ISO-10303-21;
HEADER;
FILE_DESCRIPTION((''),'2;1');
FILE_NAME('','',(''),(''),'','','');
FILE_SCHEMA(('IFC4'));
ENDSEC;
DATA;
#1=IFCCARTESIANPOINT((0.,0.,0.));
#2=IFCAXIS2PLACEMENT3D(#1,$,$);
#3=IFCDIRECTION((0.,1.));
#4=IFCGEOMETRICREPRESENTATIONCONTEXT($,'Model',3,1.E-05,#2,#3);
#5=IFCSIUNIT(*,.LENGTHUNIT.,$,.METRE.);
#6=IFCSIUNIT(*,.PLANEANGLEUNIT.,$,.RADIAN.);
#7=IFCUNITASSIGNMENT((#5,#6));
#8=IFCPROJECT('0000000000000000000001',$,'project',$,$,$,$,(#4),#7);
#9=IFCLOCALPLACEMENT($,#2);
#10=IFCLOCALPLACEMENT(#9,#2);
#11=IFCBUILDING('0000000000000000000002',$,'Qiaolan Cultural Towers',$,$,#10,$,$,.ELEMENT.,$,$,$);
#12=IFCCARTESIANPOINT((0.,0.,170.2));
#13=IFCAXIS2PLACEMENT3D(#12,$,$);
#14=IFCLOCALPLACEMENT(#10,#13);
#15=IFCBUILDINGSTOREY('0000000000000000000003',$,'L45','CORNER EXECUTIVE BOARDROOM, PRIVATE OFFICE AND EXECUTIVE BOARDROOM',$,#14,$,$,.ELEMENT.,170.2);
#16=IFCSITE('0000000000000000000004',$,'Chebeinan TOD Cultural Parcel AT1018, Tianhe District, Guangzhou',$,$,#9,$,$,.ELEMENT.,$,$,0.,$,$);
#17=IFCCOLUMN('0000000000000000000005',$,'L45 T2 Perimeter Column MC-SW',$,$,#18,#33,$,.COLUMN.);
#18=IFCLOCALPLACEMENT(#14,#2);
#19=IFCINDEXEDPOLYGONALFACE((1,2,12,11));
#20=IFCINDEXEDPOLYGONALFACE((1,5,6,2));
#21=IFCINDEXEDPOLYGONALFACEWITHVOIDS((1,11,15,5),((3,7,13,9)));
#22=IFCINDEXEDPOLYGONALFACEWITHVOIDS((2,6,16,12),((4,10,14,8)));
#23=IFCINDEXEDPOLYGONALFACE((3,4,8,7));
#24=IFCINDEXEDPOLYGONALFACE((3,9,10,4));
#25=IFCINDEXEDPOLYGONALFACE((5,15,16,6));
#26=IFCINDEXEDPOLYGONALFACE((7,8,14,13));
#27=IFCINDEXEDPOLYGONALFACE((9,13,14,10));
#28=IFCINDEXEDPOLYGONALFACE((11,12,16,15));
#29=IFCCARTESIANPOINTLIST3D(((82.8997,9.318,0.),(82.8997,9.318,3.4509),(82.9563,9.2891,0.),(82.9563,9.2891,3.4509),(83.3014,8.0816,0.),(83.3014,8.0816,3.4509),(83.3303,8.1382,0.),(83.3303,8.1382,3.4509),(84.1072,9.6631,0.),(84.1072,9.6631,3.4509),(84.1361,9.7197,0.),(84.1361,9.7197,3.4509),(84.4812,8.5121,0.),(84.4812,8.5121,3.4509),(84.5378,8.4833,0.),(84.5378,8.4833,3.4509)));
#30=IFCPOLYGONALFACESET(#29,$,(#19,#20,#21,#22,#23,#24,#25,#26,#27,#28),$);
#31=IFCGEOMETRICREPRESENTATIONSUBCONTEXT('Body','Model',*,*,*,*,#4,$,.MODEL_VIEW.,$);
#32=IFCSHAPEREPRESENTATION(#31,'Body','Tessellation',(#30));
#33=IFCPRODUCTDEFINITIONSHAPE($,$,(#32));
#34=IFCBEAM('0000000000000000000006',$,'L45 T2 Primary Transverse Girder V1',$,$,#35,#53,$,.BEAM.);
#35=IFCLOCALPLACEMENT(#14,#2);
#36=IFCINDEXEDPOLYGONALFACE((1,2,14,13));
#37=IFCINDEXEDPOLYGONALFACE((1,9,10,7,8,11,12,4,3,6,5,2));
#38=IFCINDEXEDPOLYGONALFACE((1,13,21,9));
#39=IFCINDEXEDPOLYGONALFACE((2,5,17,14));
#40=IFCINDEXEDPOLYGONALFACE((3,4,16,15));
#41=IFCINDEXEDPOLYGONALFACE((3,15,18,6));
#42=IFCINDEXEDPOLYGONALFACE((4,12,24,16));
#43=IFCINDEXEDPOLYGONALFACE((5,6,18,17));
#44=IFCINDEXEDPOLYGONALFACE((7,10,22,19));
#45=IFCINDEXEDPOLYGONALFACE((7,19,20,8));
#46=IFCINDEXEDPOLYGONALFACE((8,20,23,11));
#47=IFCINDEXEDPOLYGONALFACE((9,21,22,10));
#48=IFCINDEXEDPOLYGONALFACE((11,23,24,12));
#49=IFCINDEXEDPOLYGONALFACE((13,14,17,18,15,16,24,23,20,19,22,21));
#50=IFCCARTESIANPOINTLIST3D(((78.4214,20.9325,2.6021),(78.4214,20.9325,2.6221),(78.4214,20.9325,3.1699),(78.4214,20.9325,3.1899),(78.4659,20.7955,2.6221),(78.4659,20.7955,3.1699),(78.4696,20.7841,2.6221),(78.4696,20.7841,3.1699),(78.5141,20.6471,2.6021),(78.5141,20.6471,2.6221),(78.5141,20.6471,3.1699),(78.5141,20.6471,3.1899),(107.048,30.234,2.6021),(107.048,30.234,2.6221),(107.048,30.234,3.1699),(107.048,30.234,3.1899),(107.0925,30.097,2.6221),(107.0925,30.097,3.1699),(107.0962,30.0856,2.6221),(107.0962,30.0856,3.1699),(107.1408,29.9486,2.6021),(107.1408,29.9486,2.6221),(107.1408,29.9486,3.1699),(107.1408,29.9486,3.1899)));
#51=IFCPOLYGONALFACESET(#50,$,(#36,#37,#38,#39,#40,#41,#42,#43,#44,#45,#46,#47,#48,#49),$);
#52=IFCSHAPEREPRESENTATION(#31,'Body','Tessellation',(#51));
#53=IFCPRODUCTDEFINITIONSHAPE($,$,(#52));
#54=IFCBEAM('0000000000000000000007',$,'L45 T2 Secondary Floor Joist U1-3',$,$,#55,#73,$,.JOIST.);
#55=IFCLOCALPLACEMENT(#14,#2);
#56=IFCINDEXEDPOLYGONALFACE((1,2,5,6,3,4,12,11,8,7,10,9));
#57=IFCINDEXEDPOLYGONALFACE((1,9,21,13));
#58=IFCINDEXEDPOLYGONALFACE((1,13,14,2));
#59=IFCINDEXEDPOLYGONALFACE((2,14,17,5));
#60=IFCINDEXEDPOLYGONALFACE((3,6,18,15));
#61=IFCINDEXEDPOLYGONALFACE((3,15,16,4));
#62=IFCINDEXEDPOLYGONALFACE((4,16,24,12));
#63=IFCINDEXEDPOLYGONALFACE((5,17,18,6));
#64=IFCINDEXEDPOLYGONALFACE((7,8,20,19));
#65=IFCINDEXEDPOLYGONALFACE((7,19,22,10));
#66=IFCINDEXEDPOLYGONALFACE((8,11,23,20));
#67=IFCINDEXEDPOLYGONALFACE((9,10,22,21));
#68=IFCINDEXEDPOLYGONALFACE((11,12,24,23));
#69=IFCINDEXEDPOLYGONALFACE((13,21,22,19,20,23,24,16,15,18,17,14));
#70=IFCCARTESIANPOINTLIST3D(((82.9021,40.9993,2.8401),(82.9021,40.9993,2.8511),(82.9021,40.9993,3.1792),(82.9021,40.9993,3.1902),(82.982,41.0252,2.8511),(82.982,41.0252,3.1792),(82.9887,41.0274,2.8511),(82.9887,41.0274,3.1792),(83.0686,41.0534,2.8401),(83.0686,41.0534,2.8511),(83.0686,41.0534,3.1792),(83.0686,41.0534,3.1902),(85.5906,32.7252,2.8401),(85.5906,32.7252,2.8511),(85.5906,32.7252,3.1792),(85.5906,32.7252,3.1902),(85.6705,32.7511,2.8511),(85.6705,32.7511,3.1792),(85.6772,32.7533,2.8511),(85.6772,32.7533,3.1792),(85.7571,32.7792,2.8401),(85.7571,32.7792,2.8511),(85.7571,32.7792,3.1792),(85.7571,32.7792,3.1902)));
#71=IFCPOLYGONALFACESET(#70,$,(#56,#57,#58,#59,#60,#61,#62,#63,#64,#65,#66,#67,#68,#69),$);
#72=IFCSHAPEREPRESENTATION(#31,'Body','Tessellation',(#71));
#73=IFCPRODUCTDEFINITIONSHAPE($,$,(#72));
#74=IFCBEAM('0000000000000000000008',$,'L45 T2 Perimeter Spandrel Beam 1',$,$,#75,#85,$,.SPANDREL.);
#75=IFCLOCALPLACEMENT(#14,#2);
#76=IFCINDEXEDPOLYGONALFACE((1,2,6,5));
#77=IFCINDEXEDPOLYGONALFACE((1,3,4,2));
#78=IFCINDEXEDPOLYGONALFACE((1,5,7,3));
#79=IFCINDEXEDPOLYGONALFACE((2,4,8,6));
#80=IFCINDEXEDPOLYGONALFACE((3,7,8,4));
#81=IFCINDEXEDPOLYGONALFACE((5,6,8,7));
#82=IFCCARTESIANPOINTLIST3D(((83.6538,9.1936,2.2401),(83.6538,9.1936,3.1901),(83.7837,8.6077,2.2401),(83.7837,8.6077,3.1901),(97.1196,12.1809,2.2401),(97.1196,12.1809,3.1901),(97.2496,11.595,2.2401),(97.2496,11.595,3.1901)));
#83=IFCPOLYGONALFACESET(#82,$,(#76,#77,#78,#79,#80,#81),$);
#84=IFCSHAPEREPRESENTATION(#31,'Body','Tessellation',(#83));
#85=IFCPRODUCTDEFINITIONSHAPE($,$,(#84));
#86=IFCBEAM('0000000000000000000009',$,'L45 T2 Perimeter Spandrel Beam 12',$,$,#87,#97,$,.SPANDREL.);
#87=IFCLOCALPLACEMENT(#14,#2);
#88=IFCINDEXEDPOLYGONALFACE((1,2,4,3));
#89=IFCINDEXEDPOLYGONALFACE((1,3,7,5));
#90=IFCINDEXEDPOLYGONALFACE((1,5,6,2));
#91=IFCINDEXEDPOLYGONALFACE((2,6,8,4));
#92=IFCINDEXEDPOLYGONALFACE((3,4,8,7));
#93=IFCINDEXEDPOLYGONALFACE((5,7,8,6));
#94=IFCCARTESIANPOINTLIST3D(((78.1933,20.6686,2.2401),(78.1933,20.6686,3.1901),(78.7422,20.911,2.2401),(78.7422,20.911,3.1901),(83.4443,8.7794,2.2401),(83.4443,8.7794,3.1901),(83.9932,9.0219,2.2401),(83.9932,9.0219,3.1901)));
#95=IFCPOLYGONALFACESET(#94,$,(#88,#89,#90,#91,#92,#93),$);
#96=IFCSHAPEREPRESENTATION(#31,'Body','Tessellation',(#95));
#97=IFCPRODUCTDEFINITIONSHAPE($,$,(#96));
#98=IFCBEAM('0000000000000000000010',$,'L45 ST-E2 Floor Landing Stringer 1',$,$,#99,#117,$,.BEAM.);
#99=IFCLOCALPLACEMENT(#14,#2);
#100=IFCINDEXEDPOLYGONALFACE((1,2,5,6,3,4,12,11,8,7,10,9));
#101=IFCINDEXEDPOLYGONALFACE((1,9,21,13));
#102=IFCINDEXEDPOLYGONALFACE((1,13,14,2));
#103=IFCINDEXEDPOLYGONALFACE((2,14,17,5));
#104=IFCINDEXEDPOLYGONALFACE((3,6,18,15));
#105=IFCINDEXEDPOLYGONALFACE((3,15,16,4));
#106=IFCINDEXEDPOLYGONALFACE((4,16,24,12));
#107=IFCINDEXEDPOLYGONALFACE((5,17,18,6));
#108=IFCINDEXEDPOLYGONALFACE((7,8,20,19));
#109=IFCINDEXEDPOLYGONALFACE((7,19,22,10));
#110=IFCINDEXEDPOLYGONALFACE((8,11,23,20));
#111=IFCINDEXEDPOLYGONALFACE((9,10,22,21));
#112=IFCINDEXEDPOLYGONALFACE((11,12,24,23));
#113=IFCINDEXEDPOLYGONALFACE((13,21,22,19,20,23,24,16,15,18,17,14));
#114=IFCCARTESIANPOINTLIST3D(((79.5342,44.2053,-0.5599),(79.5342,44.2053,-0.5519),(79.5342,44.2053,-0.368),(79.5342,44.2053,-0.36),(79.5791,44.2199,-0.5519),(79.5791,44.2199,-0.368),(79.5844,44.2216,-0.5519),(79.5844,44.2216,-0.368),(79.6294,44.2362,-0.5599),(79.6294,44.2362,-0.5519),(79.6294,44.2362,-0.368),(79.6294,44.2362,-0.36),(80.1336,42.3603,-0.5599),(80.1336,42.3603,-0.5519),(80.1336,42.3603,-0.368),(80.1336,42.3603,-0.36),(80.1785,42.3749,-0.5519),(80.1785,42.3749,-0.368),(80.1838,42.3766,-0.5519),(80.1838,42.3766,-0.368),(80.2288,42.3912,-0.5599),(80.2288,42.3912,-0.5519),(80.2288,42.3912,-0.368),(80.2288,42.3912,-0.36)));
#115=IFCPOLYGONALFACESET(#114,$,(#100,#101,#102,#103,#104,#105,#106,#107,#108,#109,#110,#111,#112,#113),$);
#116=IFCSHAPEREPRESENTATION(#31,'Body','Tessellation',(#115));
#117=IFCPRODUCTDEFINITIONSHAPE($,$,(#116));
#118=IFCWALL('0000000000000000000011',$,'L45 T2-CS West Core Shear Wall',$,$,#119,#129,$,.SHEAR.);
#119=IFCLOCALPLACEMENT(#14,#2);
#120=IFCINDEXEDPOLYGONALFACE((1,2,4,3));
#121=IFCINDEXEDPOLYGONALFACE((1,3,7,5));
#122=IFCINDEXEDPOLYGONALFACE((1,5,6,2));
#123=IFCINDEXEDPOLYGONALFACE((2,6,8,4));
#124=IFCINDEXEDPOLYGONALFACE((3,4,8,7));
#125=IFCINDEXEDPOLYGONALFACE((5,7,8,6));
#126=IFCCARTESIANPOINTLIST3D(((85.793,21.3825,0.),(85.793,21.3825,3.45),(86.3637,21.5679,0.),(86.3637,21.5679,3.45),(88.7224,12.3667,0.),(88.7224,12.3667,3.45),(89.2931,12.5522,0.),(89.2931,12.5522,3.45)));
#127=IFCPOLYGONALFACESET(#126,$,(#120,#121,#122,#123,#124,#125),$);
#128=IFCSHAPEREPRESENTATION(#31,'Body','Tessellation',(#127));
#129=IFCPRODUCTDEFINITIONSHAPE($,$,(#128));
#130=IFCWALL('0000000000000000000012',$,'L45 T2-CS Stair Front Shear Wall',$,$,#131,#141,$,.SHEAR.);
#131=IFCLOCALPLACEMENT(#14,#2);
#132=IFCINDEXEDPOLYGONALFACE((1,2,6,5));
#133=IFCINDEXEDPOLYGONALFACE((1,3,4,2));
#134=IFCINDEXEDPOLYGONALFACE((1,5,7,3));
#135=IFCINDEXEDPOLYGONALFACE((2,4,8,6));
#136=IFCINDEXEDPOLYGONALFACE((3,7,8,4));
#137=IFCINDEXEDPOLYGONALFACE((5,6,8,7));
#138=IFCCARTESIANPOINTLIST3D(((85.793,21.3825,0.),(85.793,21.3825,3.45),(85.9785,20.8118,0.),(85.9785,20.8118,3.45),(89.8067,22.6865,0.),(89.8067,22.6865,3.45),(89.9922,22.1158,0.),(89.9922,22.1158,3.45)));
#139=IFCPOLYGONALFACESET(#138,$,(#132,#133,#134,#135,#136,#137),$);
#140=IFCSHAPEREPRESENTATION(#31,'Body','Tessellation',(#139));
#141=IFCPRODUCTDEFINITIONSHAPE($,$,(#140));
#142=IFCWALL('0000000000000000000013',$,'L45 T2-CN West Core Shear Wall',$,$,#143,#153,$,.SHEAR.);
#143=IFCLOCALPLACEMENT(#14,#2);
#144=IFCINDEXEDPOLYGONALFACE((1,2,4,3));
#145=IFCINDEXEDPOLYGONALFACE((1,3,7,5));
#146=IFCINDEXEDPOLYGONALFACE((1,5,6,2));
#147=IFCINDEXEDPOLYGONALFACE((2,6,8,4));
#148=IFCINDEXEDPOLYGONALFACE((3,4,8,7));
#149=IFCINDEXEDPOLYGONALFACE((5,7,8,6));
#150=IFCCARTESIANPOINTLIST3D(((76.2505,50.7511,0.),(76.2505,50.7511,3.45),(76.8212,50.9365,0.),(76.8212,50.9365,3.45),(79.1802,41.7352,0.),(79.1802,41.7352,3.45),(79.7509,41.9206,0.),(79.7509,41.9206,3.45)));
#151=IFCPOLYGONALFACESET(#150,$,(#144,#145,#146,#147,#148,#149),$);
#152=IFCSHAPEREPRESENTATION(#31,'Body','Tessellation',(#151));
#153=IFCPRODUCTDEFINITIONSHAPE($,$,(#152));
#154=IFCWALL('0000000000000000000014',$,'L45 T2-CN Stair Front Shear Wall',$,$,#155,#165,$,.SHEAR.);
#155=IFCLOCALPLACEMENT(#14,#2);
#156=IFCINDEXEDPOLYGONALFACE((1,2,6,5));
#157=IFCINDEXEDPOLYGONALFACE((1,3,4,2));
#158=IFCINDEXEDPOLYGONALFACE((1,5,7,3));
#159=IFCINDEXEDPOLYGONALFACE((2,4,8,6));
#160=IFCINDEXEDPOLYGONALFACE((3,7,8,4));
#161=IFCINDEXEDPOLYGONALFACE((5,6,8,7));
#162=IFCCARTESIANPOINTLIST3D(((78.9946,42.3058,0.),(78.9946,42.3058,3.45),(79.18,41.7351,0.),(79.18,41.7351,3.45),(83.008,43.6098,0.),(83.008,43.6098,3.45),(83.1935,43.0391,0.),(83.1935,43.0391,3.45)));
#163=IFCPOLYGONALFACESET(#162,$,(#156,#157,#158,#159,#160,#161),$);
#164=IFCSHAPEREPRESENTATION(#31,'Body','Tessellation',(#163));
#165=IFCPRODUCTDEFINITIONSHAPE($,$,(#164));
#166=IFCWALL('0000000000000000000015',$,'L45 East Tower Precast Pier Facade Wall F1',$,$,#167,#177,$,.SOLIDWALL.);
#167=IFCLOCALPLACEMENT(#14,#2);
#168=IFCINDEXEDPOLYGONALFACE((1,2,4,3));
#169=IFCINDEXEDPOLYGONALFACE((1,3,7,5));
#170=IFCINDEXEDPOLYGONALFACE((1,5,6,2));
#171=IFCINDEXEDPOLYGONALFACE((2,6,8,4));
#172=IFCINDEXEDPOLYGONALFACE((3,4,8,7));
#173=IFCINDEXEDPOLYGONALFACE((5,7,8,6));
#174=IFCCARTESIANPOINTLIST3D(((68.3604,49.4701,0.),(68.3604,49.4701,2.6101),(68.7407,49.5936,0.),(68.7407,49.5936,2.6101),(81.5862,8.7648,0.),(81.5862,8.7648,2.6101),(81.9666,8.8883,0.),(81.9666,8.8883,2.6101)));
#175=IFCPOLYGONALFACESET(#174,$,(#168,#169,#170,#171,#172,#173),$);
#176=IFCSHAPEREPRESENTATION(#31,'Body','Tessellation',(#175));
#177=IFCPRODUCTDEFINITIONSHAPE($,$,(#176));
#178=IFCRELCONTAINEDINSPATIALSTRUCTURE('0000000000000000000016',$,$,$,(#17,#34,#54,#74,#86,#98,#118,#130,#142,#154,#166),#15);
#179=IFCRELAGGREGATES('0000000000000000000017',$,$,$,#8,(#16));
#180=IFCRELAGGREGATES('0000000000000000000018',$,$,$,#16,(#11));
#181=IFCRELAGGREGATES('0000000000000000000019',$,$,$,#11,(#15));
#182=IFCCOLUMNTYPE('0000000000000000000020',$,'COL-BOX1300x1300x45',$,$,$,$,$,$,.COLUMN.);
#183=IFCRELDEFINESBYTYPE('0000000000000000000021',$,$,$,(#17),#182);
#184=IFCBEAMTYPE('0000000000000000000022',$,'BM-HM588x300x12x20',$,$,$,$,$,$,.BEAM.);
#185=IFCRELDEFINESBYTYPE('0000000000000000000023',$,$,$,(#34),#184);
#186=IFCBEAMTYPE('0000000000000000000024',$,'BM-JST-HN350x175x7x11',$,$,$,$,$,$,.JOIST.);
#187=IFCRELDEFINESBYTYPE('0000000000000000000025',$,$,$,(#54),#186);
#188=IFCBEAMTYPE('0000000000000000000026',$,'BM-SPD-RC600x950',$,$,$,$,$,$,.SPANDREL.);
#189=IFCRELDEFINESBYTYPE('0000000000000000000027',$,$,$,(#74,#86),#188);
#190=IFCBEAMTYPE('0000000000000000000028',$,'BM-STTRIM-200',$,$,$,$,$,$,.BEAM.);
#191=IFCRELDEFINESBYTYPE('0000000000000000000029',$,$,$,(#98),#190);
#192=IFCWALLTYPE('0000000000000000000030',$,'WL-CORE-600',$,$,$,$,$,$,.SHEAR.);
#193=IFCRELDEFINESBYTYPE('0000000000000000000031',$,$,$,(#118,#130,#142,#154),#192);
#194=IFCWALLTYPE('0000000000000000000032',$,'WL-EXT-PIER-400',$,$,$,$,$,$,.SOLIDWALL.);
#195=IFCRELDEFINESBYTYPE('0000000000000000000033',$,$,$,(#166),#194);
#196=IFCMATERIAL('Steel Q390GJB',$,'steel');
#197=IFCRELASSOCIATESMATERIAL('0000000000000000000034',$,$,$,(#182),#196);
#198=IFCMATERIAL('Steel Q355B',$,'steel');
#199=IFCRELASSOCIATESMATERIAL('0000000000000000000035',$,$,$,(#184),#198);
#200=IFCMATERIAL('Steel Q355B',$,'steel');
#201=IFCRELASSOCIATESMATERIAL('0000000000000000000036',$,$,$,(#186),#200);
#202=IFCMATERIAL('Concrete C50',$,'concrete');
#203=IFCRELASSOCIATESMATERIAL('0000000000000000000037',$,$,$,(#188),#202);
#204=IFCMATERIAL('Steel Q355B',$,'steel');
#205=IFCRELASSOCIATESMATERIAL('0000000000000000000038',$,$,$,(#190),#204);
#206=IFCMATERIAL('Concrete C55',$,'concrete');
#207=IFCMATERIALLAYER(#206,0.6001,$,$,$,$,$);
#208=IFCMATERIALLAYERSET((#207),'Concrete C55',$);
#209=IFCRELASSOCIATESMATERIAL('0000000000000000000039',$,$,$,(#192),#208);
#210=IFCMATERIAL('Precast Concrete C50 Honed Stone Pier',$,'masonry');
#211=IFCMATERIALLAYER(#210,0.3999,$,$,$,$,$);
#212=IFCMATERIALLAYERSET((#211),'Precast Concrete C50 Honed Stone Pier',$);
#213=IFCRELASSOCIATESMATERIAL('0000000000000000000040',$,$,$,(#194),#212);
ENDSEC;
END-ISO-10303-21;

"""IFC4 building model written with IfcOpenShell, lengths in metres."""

from ifc_helpers import new_model, si_unit, direction, frame, frame_2d, origin, origin_2d, place, context, subcontext, project, spatial, rectangle, hollow_rectangle, i_section, extrude, material, layer, layer_set, material_profile, profile_set, type_object, element, save


model = new_model("IFC4")

# Units and contexts
model_context = context("Model", 3, precision=1e-05, world=origin(), true_north=direction((0.0, 1.0)))
body_context = subcontext(model_context, "Body", "Model", "MODEL_VIEW")
ifc_project = project(units=[si_unit("LENGTHUNIT", "METRE"), si_unit("PLANEANGLEUNIT", "RADIAN")], contexts=[model_context])

# Site, building, storey
site_placement = place(None, origin())
site = spatial("IfcSite", under=ifc_project, at=site_placement, Name="Chebeinan TOD Cultural Parcel AT1018, Tianhe District, Guangzhou", CompositionType="ELEMENT", RefElevation=0.0)
building_placement = place(site_placement, origin())
building = spatial("IfcBuilding", under=site, at=building_placement, Name="Qiaolan Cultural Towers", CompositionType="ELEMENT")
storey_placement = place(building_placement, frame((0.0, 0.0, 170.2)))
storey = spatial("IfcBuildingStorey", under=building, at=storey_placement, Name="L45", Description="CORNER EXECUTIVE BOARDROOM, PRIVATE OFFICE AND EXECUTIVE BOARDROOM", CompositionType="ELEMENT", Elevation=170.2)

# Column
ifc_material_1 = material(Name="Steel Q390GJB", Category="steel")
ifc_material_profile_1 = material_profile(ifc_material_1, hollow_rectangle(XDim=1.3, YDim=1.3, WallThickness=0.0449, at=origin_2d()), Name="BOX1300x1300x45")
ifc_profile_set_1 = profile_set([ifc_material_profile_1], Name="Steel Q390GJB")
column_type = type_object("IfcColumnType", Name="COL-BOX1300x1300x45", PredefinedType="COLUMN", material=ifc_profile_set_1)
column_placement = place(storey_placement, frame((83.7188, 8.9006, 0.0), z_axis=(0.0, 0.0, 1.0), x_axis=(0.951057, 0.309017, 0.0)))
element("IfcColumn", 1, at=column_placement, inside=storey, type_object=column_type, Name="L45 T2 Perimeter Column MC-SW", PredefinedType="COLUMN", context=body_context, shape_type="SweptSolid", body=[
    extrude(hollow_rectangle(XDim=1.3, YDim=1.3, WallThickness=0.0449, at=origin_2d()), origin(), (0.0, 0.0, 1.0), 3.4509),
])

# Beams
ifc_material_2 = material(Name="Steel Q355B", Category="steel")
ifc_material_profile_2 = material_profile(ifc_material_2, i_section(OverallWidth=0.3, OverallDepth=0.5879, WebThickness=0.012, FlangeThickness=0.02, at=origin_2d()), Name="HM588x300x12x20")
ifc_profile_set_2 = profile_set([ifc_material_profile_2], Name="Steel Q355B")
beam_type_1 = type_object("IfcBeamType", Name="BM-HM588x300x12x20", PredefinedType="BEAM", material=ifc_profile_set_2)
beam_1_placement = place(storey_placement, frame((78.4678, 20.7898, 2.896), z_axis=(0.951055, 0.309021, 0.0), x_axis=(-0.309021, 0.951055, 0.0)))
element("IfcBeam", 2, at=beam_1_placement, inside=storey, type_object=beam_type_1, Name="L45 T2 Primary Transverse Girder V1", PredefinedType="BEAM", context=body_context, shape_type="SweptSolid", body=[
    extrude(i_section(OverallWidth=0.3, OverallDepth=0.5879, WebThickness=0.012, FlangeThickness=0.02, at=origin_2d()), origin(), (0.0, 0.0, 1.0), 30.0999),
])
ifc_material_3 = material(Name="Steel Q355B", Category="steel")
ifc_material_profile_3 = material_profile(ifc_material_3, i_section(OverallWidth=0.175, OverallDepth=0.3501, WebThickness=0.0071, FlangeThickness=0.011, at=origin_2d()), Name="HN350x175x7x11")
ifc_profile_set_3 = profile_set([ifc_material_profile_3], Name="Steel Q355B")
beam_type_2 = type_object("IfcBeamType", Name="BM-JST-HN350x175x7x11", PredefinedType="JOIST", material=ifc_profile_set_3)
beam_2_placement = place(storey_placement, frame((85.6738, 32.7522, 3.0151), z_axis=(-0.309021, 0.951055, 0.0), x_axis=(-0.951055, -0.309021, 0.0)))
element("IfcBeam", 3, at=beam_2_placement, inside=storey, type_object=beam_type_2, Name="L45 T2 Secondary Floor Joist U1-3", PredefinedType="JOIST", context=body_context, shape_type="SweptSolid", body=[
    extrude(i_section(OverallWidth=0.175, OverallDepth=0.3501, WebThickness=0.0071, FlangeThickness=0.011, at=origin_2d()), origin(), (0.0, 0.0, 1.0), 8.7),
])
ifc_material_4 = material(Name="Concrete C50", Category="concrete")
ifc_material_profile_4 = material_profile(ifc_material_4, rectangle(XDim=0.6001, YDim=0.95, at=origin_2d()), Name="RC600x950")
ifc_profile_set_4 = profile_set([ifc_material_profile_4], Name="Concrete C50")
beam_type_3 = type_object("IfcBeamType", Name="BM-SPD-RC600x950", PredefinedType="SPANDREL", material=ifc_profile_set_4)
beam_3_placement = place(storey_placement, frame((83.7188, 8.9006, 2.7151), z_axis=(0.976265, 0.216578, 0.0), x_axis=(-0.216578, 0.976265, 0.0)))
element("IfcBeam", 4, at=beam_3_placement, inside=storey, type_object=beam_type_3, Name="L45 T2 Perimeter Spandrel Beam 1", PredefinedType="SPANDREL", context=body_context, shape_type="SweptSolid", body=[
    extrude(rectangle(XDim=0.6001, YDim=0.95, at=origin_2d()), origin(), (0.0, 0.0, 1.0), 13.7932),
])
beam_4_placement = place(storey_placement, frame((78.4678, 20.7898, 2.7151), z_axis=(0.404011, -0.914754, 0.0), x_axis=(0.914754, 0.404011, 0.0)))
element("IfcBeam", 5, at=beam_4_placement, inside=storey, type_object=beam_type_3, Name="L45 T2 Perimeter Spandrel Beam 12", PredefinedType="SPANDREL", context=body_context, shape_type="SweptSolid", body=[
    extrude(rectangle(XDim=0.6001, YDim=0.95, at=origin_2d()), origin(), (0.0, 0.0, 1.0), 12.9971),
])
ifc_material_5 = material(Name="Steel Q355B", Category="steel")
ifc_material_profile_5 = material_profile(ifc_material_5, i_section(OverallWidth=0.1001, OverallDepth=0.2, WebThickness=0.0056, FlangeThickness=0.0081, at=origin_2d()), Name="HN200x100x5.5x8")
ifc_profile_set_5 = profile_set([ifc_material_profile_5], Name="Steel Q355B")
beam_type_4 = type_object("IfcBeamType", Name="BM-STTRIM-200", PredefinedType="BEAM", material=ifc_profile_set_5)
beam_5_placement = place(storey_placement, frame((80.1812, 42.3757, -0.46), z_axis=(-0.308969, 0.951072, 0.0), x_axis=(-0.951072, -0.308969, 0.0)))
element("IfcBeam", 6, at=beam_5_placement, inside=storey, type_object=beam_type_4, Name="L45 ST-E2 Floor Landing Stringer 1", PredefinedType="BEAM", context=body_context, shape_type="SweptSolid", body=[
    extrude(i_section(OverallWidth=0.1001, OverallDepth=0.2, WebThickness=0.0056, FlangeThickness=0.0081, at=origin_2d()), origin(), (0.0, 0.0, 1.0), 1.9399),
])

# Walls
ifc_material_6 = material(Name="Concrete C55", Category="concrete")
ifc_layer_1 = layer(ifc_material_6, 0.6001)
ifc_layer_set_1 = layer_set([ifc_layer_1], Name="Concrete C55")
wall_type_1 = type_object("IfcWallType", Name="WL-CORE-600", PredefinedType="SHEAR", material=ifc_layer_set_1)
wall_1_placement = place(storey_placement, frame((86.0784, 21.4751, 0.0), z_axis=(0.0, 0.0, 1.0), x_axis=(0.309018, -0.951056, 0.0)))
element("IfcWall", 7, at=wall_1_placement, inside=storey, type_object=wall_type_1, Name="L45 T2-CS West Core Shear Wall", PredefinedType="SHEAR", context=body_context, shape_type="SweptSolid", body=[
    extrude(rectangle(XDim=9.4797, YDim=0.6001, at=frame_2d((4.7397, 0.0))), origin(), (0.0, 0.0, 1.0), 3.45),
])
wall_2_placement = place(storey_placement, frame((85.8857, 21.0972, 0.0), z_axis=(0.0, 0.0, 1.0), x_axis=(0.951068, 0.308981, 0.0)))
element("IfcWall", 8, at=wall_2_placement, inside=storey, type_object=wall_type_1, Name="L45 T2-CS Stair Front Shear Wall", PredefinedType="SHEAR", context=body_context, shape_type="SweptSolid", body=[
    extrude(rectangle(XDim=4.2202, YDim=0.6001, at=frame_2d((2.1101, 0.0))), origin(), (0.0, 0.0, 1.0), 3.45),
])
wall_3_placement = place(storey_placement, frame((79.4656, 41.8279, 0.0), z_axis=(0.0, 0.0, 1.0), x_axis=(-0.309041, 0.951049, 0.0)))
element("IfcWall", 9, at=wall_3_placement, inside=storey, type_object=wall_type_1, Name="L45 T2-CN West Core Shear Wall", PredefinedType="SHEAR", context=body_context, shape_type="SweptSolid", body=[
    extrude(rectangle(XDim=9.48, YDim=0.6001, at=frame_2d((4.74, 0.0))), origin(), (0.0, 0.0, 1.0), 3.45),
])
wall_4_placement = place(storey_placement, frame((79.0874, 42.0205, 0.0), z_axis=(0.0, 0.0, 1.0), x_axis=(0.951063, 0.308998, 0.0)))
element("IfcWall", 10, at=wall_4_placement, inside=storey, type_object=wall_type_1, Name="L45 T2-CN Stair Front Shear Wall", PredefinedType="SHEAR", context=body_context, shape_type="SweptSolid", body=[
    extrude(rectangle(XDim=4.22, YDim=0.6001, at=frame_2d((2.1099, 0.0))), origin(), (0.0, 0.0, 1.0), 3.45),
])
ifc_material_7 = material(Name="Precast Concrete C50 Honed Stone Pier", Category="masonry")
ifc_layer_2 = layer(ifc_material_7, 0.3999)
ifc_layer_set_2 = layer_set([ifc_layer_2], Name="Precast Concrete C50 Honed Stone Pier")
wall_type_2 = type_object("IfcWallType", Name="WL-EXT-PIER-400", PredefinedType="SOLIDWALL", material=ifc_layer_set_2)
wall_5_placement = place(storey_placement, frame((81.7764, 8.8267, 0.0), z_axis=(0.0, 0.0, 1.0), x_axis=(-0.309014, 0.951057, 0.0)))
element("IfcWall", 11, at=wall_5_placement, inside=storey, type_object=wall_type_2, Name="L45 East Tower Precast Pier Facade Wall F1", PredefinedType="SOLIDWALL", context=body_context, shape_type="SweptSolid", body=[
    extrude(rectangle(XDim=42.8, YDim=0.3999, at=frame_2d((21.3999, 0.0))), origin(), (0.0, 0.0, 1.0), 2.6101),
])

save(model, "model.ifc")
